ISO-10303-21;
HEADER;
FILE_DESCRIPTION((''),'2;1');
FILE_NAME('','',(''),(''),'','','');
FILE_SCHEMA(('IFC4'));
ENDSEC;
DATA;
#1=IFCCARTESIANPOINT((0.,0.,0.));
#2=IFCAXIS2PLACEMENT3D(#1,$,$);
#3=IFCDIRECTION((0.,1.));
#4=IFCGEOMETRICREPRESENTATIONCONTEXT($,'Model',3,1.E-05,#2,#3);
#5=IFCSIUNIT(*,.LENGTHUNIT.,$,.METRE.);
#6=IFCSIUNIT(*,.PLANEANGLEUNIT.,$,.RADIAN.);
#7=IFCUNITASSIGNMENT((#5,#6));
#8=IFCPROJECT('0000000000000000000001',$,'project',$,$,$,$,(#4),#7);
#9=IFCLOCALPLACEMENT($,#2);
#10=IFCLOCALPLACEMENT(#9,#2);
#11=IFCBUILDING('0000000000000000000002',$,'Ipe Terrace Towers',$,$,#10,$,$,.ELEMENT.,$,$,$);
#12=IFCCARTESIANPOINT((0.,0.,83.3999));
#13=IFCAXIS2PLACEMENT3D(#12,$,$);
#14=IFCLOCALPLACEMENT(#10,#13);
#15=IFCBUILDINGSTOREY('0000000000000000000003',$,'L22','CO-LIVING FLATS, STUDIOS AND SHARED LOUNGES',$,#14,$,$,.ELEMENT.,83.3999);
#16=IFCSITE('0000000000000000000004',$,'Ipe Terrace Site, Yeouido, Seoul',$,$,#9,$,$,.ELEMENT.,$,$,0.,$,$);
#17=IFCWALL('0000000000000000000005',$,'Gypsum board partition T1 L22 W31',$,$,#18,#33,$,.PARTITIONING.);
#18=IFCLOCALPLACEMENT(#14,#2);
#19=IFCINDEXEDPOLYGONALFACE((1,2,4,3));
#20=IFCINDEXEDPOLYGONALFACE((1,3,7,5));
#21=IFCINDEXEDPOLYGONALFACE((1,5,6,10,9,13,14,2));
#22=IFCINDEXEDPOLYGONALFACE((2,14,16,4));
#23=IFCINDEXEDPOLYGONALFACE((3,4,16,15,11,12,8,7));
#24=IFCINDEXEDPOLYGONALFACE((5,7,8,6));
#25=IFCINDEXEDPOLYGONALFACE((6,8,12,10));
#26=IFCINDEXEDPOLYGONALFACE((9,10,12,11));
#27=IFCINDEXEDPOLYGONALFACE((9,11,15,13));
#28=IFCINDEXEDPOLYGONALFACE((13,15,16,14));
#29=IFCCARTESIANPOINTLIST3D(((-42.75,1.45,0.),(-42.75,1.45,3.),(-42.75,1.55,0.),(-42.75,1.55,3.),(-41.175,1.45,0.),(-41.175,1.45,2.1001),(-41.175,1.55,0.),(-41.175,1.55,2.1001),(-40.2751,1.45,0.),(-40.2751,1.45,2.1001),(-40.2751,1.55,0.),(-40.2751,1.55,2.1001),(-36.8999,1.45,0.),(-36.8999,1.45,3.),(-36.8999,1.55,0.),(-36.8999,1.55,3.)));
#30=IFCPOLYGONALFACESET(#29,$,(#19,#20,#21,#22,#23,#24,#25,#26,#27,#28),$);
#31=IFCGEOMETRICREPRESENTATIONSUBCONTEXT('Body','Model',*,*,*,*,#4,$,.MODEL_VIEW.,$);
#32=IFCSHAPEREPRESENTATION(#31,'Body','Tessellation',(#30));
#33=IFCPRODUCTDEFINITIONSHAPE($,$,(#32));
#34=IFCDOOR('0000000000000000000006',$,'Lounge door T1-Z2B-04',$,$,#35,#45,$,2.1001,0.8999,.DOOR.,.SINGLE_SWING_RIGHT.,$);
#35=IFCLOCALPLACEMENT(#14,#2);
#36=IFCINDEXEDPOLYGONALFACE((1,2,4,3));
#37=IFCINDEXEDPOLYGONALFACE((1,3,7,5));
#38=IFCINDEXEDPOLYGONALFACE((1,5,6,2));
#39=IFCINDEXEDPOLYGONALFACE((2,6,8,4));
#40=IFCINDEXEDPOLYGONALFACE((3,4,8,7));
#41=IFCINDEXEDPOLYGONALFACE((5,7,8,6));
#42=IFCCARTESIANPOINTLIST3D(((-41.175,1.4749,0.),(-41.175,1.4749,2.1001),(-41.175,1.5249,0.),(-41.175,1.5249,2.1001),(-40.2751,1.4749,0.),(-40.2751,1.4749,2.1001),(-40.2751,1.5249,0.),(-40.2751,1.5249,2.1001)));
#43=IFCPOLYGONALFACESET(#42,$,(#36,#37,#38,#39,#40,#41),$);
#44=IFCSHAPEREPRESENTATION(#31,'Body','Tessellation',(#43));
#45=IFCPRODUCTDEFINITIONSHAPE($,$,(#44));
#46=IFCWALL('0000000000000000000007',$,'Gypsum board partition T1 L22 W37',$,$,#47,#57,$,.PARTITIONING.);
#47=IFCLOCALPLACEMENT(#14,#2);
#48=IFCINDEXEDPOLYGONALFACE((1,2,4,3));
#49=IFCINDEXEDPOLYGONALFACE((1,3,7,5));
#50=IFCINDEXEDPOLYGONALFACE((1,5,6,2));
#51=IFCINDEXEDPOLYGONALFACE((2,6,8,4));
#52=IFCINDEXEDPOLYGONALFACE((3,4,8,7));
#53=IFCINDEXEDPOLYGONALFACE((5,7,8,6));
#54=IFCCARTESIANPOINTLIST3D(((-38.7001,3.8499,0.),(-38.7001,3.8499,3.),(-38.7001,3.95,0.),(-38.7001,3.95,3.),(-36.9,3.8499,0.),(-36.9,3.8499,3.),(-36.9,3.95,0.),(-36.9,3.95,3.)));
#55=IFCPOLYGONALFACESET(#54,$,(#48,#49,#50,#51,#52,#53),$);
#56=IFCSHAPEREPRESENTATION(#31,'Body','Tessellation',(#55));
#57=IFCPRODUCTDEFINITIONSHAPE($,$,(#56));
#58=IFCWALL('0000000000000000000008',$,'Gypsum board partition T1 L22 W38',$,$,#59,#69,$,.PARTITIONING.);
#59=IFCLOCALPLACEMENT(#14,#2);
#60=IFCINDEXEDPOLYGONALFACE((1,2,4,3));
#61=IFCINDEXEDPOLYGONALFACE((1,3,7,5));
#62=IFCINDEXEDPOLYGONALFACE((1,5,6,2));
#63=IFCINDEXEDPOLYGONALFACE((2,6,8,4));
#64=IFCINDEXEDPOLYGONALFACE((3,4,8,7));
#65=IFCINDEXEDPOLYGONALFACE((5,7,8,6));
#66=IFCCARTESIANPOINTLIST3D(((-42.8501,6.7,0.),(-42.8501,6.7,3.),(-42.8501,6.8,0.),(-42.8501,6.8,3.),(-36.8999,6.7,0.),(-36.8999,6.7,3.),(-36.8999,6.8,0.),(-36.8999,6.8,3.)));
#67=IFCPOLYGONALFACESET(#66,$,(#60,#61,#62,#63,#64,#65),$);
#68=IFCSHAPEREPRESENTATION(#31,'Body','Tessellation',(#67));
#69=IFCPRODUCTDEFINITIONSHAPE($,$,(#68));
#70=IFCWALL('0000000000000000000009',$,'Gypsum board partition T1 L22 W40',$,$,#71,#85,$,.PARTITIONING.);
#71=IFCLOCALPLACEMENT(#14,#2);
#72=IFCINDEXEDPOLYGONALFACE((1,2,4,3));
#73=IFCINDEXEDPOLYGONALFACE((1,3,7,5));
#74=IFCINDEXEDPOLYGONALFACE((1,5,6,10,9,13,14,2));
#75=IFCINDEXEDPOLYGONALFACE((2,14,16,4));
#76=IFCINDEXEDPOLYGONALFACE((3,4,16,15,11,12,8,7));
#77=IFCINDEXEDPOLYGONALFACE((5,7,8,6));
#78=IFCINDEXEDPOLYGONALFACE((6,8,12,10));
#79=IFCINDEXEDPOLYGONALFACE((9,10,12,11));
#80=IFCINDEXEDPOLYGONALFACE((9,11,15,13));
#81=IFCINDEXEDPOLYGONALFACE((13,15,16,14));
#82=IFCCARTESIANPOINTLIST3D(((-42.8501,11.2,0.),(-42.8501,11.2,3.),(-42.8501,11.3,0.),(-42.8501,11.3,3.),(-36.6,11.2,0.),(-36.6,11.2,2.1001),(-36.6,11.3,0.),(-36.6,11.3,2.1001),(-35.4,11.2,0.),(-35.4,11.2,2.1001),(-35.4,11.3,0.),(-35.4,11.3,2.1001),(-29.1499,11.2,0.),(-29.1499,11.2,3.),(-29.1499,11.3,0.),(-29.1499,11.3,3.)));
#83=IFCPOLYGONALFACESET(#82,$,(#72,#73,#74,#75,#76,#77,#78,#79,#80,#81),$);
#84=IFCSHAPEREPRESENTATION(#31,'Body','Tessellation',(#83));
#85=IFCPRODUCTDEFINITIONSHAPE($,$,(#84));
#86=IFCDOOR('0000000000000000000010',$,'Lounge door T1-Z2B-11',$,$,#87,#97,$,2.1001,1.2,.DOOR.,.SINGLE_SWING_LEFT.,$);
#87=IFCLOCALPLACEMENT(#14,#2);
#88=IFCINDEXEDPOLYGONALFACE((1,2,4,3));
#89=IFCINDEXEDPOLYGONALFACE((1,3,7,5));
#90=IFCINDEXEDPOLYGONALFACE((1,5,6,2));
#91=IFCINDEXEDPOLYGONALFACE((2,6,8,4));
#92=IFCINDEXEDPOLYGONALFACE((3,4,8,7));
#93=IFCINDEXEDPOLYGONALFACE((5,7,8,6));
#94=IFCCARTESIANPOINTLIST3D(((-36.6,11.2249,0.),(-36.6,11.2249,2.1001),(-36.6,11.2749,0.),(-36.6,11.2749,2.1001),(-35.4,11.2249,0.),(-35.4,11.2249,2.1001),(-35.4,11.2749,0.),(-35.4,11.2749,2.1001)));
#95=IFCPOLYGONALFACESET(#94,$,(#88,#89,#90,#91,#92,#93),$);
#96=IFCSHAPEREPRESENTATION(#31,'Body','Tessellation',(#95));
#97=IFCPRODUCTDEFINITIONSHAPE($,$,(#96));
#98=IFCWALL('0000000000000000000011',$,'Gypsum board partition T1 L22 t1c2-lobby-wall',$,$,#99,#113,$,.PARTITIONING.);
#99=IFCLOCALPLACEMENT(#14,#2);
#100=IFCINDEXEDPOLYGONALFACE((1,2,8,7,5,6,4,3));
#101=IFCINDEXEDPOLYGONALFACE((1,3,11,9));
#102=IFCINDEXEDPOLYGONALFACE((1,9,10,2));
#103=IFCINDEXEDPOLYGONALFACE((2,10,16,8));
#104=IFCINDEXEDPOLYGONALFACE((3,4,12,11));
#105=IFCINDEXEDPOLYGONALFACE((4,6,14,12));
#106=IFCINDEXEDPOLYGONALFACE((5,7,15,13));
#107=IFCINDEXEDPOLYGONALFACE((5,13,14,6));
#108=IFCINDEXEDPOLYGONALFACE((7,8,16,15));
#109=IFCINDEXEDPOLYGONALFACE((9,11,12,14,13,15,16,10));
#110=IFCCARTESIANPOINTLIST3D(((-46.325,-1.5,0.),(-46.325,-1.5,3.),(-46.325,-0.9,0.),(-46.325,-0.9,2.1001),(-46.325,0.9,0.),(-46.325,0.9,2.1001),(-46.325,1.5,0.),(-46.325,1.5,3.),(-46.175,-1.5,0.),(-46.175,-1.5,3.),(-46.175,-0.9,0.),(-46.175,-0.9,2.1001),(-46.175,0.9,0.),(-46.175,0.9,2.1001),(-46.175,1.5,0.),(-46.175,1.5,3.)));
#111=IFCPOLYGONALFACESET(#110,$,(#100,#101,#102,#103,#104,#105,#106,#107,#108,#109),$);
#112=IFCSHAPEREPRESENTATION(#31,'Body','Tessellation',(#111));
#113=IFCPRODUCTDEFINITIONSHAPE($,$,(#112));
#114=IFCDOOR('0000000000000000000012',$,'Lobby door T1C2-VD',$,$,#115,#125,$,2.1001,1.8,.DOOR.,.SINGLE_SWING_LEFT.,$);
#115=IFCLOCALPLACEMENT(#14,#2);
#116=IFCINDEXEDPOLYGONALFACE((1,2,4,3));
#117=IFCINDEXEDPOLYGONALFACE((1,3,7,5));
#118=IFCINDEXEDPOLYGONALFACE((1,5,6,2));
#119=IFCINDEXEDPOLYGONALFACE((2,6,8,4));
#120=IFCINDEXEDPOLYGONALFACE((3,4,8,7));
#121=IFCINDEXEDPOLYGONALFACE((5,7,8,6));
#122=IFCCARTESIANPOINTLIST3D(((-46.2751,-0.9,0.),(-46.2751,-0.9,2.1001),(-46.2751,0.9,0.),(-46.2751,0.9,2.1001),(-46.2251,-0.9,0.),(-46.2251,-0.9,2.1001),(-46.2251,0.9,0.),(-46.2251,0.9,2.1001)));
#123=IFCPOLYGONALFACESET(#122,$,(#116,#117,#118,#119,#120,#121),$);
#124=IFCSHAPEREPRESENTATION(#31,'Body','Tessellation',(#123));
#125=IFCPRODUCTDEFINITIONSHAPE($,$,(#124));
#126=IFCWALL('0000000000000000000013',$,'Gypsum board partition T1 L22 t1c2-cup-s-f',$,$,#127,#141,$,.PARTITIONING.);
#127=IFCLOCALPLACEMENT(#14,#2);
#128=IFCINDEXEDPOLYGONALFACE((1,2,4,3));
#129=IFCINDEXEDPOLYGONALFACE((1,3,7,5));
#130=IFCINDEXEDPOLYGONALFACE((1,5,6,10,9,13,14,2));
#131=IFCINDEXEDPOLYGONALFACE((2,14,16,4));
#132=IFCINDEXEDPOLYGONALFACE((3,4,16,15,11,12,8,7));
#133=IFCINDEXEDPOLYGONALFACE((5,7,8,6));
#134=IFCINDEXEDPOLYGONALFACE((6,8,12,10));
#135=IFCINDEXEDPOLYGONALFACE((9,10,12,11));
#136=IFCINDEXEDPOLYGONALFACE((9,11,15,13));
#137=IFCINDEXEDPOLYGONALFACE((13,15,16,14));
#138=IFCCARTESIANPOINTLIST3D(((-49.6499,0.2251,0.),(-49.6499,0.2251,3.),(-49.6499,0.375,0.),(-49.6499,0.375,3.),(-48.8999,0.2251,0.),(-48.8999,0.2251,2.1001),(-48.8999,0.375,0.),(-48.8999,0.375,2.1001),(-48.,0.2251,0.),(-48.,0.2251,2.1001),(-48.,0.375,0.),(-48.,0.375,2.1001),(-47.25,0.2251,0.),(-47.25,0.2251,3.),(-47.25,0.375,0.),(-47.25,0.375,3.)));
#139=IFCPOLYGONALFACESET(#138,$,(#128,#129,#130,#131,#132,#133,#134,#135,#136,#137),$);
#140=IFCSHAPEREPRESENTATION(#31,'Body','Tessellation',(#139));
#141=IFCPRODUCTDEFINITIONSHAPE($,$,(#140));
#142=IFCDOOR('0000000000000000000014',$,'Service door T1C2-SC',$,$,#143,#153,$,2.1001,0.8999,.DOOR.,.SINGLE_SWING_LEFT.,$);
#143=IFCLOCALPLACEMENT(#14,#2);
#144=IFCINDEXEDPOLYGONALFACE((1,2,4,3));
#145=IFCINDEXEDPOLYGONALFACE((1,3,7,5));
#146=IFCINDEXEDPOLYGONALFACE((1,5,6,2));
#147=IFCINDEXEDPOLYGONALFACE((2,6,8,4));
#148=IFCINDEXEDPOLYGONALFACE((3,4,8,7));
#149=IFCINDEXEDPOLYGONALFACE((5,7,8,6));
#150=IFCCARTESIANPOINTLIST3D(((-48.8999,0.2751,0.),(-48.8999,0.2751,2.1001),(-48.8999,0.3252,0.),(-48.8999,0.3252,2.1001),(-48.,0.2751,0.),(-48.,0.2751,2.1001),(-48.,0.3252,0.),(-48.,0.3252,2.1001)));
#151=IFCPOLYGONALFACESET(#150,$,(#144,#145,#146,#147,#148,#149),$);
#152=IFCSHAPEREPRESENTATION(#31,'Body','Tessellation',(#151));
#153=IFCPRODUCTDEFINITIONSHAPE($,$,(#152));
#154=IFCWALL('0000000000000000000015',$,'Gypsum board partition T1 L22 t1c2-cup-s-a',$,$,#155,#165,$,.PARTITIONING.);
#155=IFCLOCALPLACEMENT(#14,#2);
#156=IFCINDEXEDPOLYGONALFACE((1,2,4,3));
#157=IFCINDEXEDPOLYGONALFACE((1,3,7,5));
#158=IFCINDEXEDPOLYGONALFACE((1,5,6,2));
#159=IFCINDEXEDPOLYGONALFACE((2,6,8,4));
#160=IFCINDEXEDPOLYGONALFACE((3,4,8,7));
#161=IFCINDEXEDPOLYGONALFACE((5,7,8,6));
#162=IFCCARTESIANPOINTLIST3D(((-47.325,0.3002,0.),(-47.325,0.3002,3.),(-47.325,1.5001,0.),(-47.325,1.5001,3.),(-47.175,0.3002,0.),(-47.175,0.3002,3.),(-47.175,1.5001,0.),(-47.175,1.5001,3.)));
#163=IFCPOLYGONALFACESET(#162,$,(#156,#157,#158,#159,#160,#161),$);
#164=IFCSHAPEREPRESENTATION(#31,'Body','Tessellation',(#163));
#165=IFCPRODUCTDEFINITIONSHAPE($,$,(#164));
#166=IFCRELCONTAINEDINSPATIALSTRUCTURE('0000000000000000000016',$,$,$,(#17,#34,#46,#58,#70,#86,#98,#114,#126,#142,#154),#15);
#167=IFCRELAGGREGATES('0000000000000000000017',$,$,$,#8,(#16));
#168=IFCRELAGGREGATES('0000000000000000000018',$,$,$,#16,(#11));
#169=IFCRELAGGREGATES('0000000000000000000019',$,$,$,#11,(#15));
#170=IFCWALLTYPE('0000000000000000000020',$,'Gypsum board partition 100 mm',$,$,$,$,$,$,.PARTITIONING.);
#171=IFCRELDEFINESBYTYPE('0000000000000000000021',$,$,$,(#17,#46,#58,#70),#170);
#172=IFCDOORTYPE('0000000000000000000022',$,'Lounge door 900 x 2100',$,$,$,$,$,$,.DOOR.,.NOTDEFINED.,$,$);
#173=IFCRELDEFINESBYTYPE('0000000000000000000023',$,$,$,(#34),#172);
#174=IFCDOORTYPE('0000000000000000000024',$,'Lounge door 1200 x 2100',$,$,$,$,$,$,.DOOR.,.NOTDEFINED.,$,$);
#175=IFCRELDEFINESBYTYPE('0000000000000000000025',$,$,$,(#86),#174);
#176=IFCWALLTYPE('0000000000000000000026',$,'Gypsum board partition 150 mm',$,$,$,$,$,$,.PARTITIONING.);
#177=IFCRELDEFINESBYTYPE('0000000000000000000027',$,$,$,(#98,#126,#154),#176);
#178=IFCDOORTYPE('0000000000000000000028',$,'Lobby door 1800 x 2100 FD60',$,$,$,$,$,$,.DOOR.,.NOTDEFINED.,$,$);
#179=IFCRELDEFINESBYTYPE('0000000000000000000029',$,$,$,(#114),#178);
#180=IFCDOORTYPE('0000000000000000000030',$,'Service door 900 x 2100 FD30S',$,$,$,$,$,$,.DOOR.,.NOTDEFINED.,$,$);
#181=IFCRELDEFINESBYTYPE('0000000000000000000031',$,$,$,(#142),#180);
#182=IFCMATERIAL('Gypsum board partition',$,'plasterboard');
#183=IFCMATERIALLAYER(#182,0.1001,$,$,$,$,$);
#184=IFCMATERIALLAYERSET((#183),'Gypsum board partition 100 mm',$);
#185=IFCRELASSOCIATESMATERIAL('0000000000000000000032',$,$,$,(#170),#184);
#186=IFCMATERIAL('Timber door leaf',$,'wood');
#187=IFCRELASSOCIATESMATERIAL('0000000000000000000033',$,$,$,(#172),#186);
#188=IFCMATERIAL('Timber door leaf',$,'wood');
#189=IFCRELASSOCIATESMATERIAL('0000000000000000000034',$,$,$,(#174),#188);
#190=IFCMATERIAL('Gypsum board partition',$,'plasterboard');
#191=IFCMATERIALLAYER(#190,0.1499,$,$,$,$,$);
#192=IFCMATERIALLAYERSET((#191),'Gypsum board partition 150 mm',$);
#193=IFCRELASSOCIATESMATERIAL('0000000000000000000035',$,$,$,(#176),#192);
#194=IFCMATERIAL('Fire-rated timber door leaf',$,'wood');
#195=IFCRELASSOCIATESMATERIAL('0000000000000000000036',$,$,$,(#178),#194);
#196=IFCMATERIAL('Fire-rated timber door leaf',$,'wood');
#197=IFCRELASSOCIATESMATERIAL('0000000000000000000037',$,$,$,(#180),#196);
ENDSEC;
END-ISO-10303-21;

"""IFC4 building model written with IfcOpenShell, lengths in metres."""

from ifc_helpers import new_model, si_unit, direction, frame, frame_2d, origin, place, context, subcontext, project, spatial, rectangle, extrude, material, layer, layer_set, type_object, element, fill, save


model = new_model("IFC4")

# Units and contexts
model_context = context("Model", 3, precision=1e-05, world=origin(), true_north=direction((0.0, 1.0)))
body_context = subcontext(model_context, "Body", "Model", "MODEL_VIEW")
ifc_project = project(units=[si_unit("LENGTHUNIT", "METRE"), si_unit("PLANEANGLEUNIT", "RADIAN")], contexts=[model_context])

# Site, building, storey
site_placement = place(None, origin())
site = spatial("IfcSite", under=ifc_project, at=site_placement, Name="Ipe Terrace Site, Yeouido, Seoul", CompositionType="ELEMENT", RefElevation=0.0)
building_placement = place(site_placement, origin())
building = spatial("IfcBuilding", under=site, at=building_placement, Name="Ipe Terrace Towers", CompositionType="ELEMENT")
storey_placement = place(building_placement, frame((0.0, 0.0, 83.3999)))
storey = spatial("IfcBuildingStorey", under=building, at=storey_placement, Name="L22", Description="CO-LIVING FLATS, STUDIOS AND SHARED LOUNGES", CompositionType="ELEMENT", Elevation=83.3999)

# Shared definitions
ifc_material_1 = material(Name="Gypsum board partition", Category="plasterboard")
ifc_layer_1 = layer(ifc_material_1, 0.1001)
ifc_layer_set_1 = layer_set([ifc_layer_1], Name="Gypsum board partition 100 mm")
wall_type_1 = type_object("IfcWallType", Name="Gypsum board partition 100 mm", PredefinedType="PARTITIONING", material=ifc_layer_set_1)

# Wall, opening, door
ifc_material_2 = material(Name="Timber door leaf", Category="wood")
door_type_1 = type_object("IfcDoorType", Name="Lounge door 900 x 2100", OperationType="NOTDEFINED", PredefinedType="DOOR", material=ifc_material_2)
wall_1_placement = place(storey_placement, frame((-42.75, 1.5, 0.0), z_axis=(0.0, 0.0, 1.0), x_axis=(1.0, 0.0, 0.0)))
wall_1 = element("IfcWall", 1, at=wall_1_placement, inside=storey, type_object=wall_type_1, Name="Gypsum board partition T1 L22 W31", PredefinedType="PARTITIONING", context=body_context, shape_type="SweptSolid", body=[
    extrude(rectangle(XDim=5.8501, YDim=0.1001, at=frame_2d((2.925, 0.0))), origin(), (0.0, 0.0, 1.0), 3.0),
])
opening_1_placement = place(wall_1_placement, frame((1.575, 0.0, 0.0)))
opening_1 = element("IfcOpeningElement", 2, at=opening_1_placement, cuts=wall_1, PredefinedType="OPENING", context=body_context, shape_type="SweptSolid", body=[
    extrude(rectangle(XDim=0.8999, YDim=2.1001, at=frame_2d((0.45, 1.05))), frame((0.0, 0.0601, 0.0), z_axis=(0.0, -1.0, 0.0), x_axis=(1.0, 0.0, 0.0)), (0.0, 0.0, 1.0), 0.1201),
])
door_1_placement = place(opening_1_placement, origin())
door_1 = element("IfcDoor", 3, at=door_1_placement, inside=storey, type_object=door_type_1, Name="Lounge door T1-Z2B-04", OperationType="SINGLE_SWING_RIGHT", OverallHeight=2.1001, OverallWidth=0.8999, PredefinedType="DOOR", context=body_context, shape_type="SweptSolid", body=[
    extrude(rectangle(XDim=0.8999, YDim=2.1001, at=frame_2d((0.45, 1.05))), frame((0.0, 0.0249, 0.0), z_axis=(0.0, -1.0, 0.0), x_axis=(1.0, 0.0, 0.0)), (0.0, 0.0, 1.0), 0.05),
])
fill(opening_1, door_1)

# Walls
wall_2_placement = place(storey_placement, frame((-38.7, 3.8999, 0.0), z_axis=(0.0, 0.0, 1.0), x_axis=(1.0, 0.0, 0.0)))
element("IfcWall", 4, at=wall_2_placement, inside=storey, type_object=wall_type_1, Name="Gypsum board partition T1 L22 W37", PredefinedType="PARTITIONING", context=body_context, shape_type="SweptSolid", body=[
    extrude(rectangle(XDim=1.8, YDim=0.1001, at=frame_2d((0.8999, 0.0))), origin(), (0.0, 0.0, 1.0), 3.0),
])
wall_3_placement = place(storey_placement, frame((-42.8501, 6.75, 0.0), z_axis=(0.0, 0.0, 1.0), x_axis=(1.0, 0.0, 0.0)))
element("IfcWall", 5, at=wall_3_placement, inside=storey, type_object=wall_type_1, Name="Gypsum board partition T1 L22 W38", PredefinedType="PARTITIONING", context=body_context, shape_type="SweptSolid", body=[
    extrude(rectangle(XDim=5.9502, YDim=0.1001, at=frame_2d((2.9751, 0.0))), origin(), (0.0, 0.0, 1.0), 3.0),
])

# Walls, openings, doors
wall_4_placement = place(storey_placement, frame((-42.8501, 11.25, 0.0), z_axis=(0.0, 0.0, 1.0), x_axis=(1.0, 0.0, 0.0)))
wall_4 = element("IfcWall", 6, at=wall_4_placement, inside=storey, type_object=wall_type_1, Name="Gypsum board partition T1 L22 W40", PredefinedType="PARTITIONING", context=body_context, shape_type="SweptSolid", body=[
    extrude(rectangle(XDim=13.7002, YDim=0.1001, at=frame_2d((6.8501, 0.0))), origin(), (0.0, 0.0, 1.0), 3.0),
])
opening_2_placement = place(wall_4_placement, frame((6.25, 0.0, 0.0)))
opening_2 = element("IfcOpeningElement", 7, at=opening_2_placement, cuts=wall_4, PredefinedType="OPENING", context=body_context, shape_type="SweptSolid", body=[
    extrude(rectangle(XDim=1.2, YDim=2.1001, at=frame_2d((0.6001, 1.05))), frame((0.0, 0.0601, 0.0), z_axis=(0.0, -1.0, 0.0), x_axis=(1.0, 0.0, 0.0)), (0.0, 0.0, 1.0), 0.1201),
])
ifc_material_3 = material(Name="Timber door leaf", Category="wood")
door_type_2 = type_object("IfcDoorType", Name="Lounge door 1200 x 2100", OperationType="NOTDEFINED", PredefinedType="DOOR", material=ifc_material_3)
door_2_placement = place(opening_2_placement, origin())
door_2 = element("IfcDoor", 8, at=door_2_placement, inside=storey, type_object=door_type_2, Name="Lounge door T1-Z2B-11", OperationType="SINGLE_SWING_LEFT", OverallHeight=2.1001, OverallWidth=1.2, PredefinedType="DOOR", context=body_context, shape_type="SweptSolid", body=[
    extrude(rectangle(XDim=1.2, YDim=2.1001, at=frame_2d((0.6001, 1.05))), frame((0.0, 0.0249, 0.0), z_axis=(0.0, -1.0, 0.0), x_axis=(1.0, 0.0, 0.0)), (0.0, 0.0, 1.0), 0.05),
])
fill(opening_2, door_2)
ifc_material_4 = material(Name="Gypsum board partition", Category="plasterboard")
ifc_layer_2 = layer(ifc_material_4, 0.1499)
ifc_layer_set_2 = layer_set([ifc_layer_2], Name="Gypsum board partition 150 mm")
wall_type_2 = type_object("IfcWallType", Name="Gypsum board partition 150 mm", PredefinedType="PARTITIONING", material=ifc_layer_set_2)
wall_5_placement = place(storey_placement, frame((-46.25, 1.5, 0.0), z_axis=(0.0, 0.0, 1.0), x_axis=(0.0, -1.0, 0.0)))
wall_5 = element("IfcWall", 9, at=wall_5_placement, inside=storey, type_object=wall_type_2, Name="Gypsum board partition T1 L22 t1c2-lobby-wall", PredefinedType="PARTITIONING", context=body_context, shape_type="SweptSolid", body=[
    extrude(rectangle(XDim=3.0, YDim=0.1499, at=frame_2d((1.5, 0.0))), origin(), (0.0, 0.0, 1.0), 3.0),
])
opening_3_placement = place(wall_5_placement, frame((0.6001, 0.0, 0.0)))
opening_3 = element("IfcOpeningElement", 10, at=opening_3_placement, cuts=wall_5, PredefinedType="OPENING", context=body_context, shape_type="SweptSolid", body=[
    extrude(rectangle(XDim=1.8, YDim=2.1001, at=frame_2d((0.8999, 1.05))), frame((0.0, 0.085, 0.0), z_axis=(0.0, -1.0, 0.0), x_axis=(1.0, 0.0, 0.0)), (0.0, 0.0, 1.0), 0.1699),
])
ifc_material_5 = material(Name="Fire-rated timber door leaf", Category="wood")
door_type_3 = type_object("IfcDoorType", Name="Lobby door 1800 x 2100 FD60", OperationType="NOTDEFINED", PredefinedType="DOOR", material=ifc_material_5)
door_3_placement = place(opening_3_placement, origin())
door_3 = element("IfcDoor", 11, at=door_3_placement, inside=storey, type_object=door_type_3, Name="Lobby door T1C2-VD", OperationType="SINGLE_SWING_LEFT", OverallHeight=2.1001, OverallWidth=1.8, PredefinedType="DOOR", context=body_context, shape_type="SweptSolid", body=[
    extrude(rectangle(XDim=1.8, YDim=2.1001, at=frame_2d((0.8999, 1.05))), frame((0.0, 0.0249, 0.0), z_axis=(0.0, -1.0, 0.0), x_axis=(1.0, 0.0, 0.0)), (0.0, 0.0, 1.0), 0.05),
])
fill(opening_3, door_3)
wall_6_placement = place(storey_placement, frame((-47.25, 0.3, 0.0), z_axis=(0.0, 0.0, 1.0), x_axis=(-1.0, 0.0, 0.0)))
wall_6 = element("IfcWall", 12, at=wall_6_placement, inside=storey, type_object=wall_type_2, Name="Gypsum board partition T1 L22 t1c2-cup-s-f", PredefinedType="PARTITIONING", context=body_context, shape_type="SweptSolid", body=[
    extrude(rectangle(XDim=2.3999, YDim=0.1499, at=frame_2d((1.2, 0.0))), origin(), (0.0, 0.0, 1.0), 3.0),
])
opening_4_placement = place(wall_6_placement, frame((0.75, 0.0, 0.0)))
opening_4 = element("IfcOpeningElement", 13, at=opening_4_placement, cuts=wall_6, PredefinedType="OPENING", context=body_context, shape_type="SweptSolid", body=[
    extrude(rectangle(XDim=0.8999, YDim=2.1001, at=frame_2d((0.45, 1.05))), frame((0.0, 0.085, 0.0), z_axis=(0.0, -1.0, 0.0), x_axis=(1.0, 0.0, 0.0)), (0.0, 0.0, 1.0), 0.1699),
])
ifc_material_6 = material(Name="Fire-rated timber door leaf", Category="wood")
door_type_4 = type_object("IfcDoorType", Name="Service door 900 x 2100 FD30S", OperationType="NOTDEFINED", PredefinedType="DOOR", material=ifc_material_6)
door_4_placement = place(opening_4_placement, origin())
door_4 = element("IfcDoor", 14, at=door_4_placement, inside=storey, type_object=door_type_4, Name="Service door T1C2-SC", OperationType="SINGLE_SWING_LEFT", OverallHeight=2.1001, OverallWidth=0.8999, PredefinedType="DOOR", context=body_context, shape_type="SweptSolid", body=[
    extrude(rectangle(XDim=0.8999, YDim=2.1001, at=frame_2d((0.45, 1.05))), frame((0.0, 0.0249, 0.0), z_axis=(0.0, -1.0, 0.0), x_axis=(1.0, 0.0, 0.0)), (0.0, 0.0, 1.0), 0.05),
])
fill(opening_4, door_4)

# Wall
wall_7_placement = place(storey_placement, frame((-47.25, 0.3, 0.0), z_axis=(0.0, 0.0, 1.0), x_axis=(0.0, 1.0, 0.0)))
element("IfcWall", 15, at=wall_7_placement, inside=storey, type_object=wall_type_2, Name="Gypsum board partition T1 L22 t1c2-cup-s-a", PredefinedType="PARTITIONING", context=body_context, shape_type="SweptSolid", body=[
    extrude(rectangle(XDim=1.2, YDim=0.1499, at=frame_2d((0.6001, 0.0))), origin(), (0.0, 0.0, 1.0), 3.0),
])

save(model, "model.ifc")
